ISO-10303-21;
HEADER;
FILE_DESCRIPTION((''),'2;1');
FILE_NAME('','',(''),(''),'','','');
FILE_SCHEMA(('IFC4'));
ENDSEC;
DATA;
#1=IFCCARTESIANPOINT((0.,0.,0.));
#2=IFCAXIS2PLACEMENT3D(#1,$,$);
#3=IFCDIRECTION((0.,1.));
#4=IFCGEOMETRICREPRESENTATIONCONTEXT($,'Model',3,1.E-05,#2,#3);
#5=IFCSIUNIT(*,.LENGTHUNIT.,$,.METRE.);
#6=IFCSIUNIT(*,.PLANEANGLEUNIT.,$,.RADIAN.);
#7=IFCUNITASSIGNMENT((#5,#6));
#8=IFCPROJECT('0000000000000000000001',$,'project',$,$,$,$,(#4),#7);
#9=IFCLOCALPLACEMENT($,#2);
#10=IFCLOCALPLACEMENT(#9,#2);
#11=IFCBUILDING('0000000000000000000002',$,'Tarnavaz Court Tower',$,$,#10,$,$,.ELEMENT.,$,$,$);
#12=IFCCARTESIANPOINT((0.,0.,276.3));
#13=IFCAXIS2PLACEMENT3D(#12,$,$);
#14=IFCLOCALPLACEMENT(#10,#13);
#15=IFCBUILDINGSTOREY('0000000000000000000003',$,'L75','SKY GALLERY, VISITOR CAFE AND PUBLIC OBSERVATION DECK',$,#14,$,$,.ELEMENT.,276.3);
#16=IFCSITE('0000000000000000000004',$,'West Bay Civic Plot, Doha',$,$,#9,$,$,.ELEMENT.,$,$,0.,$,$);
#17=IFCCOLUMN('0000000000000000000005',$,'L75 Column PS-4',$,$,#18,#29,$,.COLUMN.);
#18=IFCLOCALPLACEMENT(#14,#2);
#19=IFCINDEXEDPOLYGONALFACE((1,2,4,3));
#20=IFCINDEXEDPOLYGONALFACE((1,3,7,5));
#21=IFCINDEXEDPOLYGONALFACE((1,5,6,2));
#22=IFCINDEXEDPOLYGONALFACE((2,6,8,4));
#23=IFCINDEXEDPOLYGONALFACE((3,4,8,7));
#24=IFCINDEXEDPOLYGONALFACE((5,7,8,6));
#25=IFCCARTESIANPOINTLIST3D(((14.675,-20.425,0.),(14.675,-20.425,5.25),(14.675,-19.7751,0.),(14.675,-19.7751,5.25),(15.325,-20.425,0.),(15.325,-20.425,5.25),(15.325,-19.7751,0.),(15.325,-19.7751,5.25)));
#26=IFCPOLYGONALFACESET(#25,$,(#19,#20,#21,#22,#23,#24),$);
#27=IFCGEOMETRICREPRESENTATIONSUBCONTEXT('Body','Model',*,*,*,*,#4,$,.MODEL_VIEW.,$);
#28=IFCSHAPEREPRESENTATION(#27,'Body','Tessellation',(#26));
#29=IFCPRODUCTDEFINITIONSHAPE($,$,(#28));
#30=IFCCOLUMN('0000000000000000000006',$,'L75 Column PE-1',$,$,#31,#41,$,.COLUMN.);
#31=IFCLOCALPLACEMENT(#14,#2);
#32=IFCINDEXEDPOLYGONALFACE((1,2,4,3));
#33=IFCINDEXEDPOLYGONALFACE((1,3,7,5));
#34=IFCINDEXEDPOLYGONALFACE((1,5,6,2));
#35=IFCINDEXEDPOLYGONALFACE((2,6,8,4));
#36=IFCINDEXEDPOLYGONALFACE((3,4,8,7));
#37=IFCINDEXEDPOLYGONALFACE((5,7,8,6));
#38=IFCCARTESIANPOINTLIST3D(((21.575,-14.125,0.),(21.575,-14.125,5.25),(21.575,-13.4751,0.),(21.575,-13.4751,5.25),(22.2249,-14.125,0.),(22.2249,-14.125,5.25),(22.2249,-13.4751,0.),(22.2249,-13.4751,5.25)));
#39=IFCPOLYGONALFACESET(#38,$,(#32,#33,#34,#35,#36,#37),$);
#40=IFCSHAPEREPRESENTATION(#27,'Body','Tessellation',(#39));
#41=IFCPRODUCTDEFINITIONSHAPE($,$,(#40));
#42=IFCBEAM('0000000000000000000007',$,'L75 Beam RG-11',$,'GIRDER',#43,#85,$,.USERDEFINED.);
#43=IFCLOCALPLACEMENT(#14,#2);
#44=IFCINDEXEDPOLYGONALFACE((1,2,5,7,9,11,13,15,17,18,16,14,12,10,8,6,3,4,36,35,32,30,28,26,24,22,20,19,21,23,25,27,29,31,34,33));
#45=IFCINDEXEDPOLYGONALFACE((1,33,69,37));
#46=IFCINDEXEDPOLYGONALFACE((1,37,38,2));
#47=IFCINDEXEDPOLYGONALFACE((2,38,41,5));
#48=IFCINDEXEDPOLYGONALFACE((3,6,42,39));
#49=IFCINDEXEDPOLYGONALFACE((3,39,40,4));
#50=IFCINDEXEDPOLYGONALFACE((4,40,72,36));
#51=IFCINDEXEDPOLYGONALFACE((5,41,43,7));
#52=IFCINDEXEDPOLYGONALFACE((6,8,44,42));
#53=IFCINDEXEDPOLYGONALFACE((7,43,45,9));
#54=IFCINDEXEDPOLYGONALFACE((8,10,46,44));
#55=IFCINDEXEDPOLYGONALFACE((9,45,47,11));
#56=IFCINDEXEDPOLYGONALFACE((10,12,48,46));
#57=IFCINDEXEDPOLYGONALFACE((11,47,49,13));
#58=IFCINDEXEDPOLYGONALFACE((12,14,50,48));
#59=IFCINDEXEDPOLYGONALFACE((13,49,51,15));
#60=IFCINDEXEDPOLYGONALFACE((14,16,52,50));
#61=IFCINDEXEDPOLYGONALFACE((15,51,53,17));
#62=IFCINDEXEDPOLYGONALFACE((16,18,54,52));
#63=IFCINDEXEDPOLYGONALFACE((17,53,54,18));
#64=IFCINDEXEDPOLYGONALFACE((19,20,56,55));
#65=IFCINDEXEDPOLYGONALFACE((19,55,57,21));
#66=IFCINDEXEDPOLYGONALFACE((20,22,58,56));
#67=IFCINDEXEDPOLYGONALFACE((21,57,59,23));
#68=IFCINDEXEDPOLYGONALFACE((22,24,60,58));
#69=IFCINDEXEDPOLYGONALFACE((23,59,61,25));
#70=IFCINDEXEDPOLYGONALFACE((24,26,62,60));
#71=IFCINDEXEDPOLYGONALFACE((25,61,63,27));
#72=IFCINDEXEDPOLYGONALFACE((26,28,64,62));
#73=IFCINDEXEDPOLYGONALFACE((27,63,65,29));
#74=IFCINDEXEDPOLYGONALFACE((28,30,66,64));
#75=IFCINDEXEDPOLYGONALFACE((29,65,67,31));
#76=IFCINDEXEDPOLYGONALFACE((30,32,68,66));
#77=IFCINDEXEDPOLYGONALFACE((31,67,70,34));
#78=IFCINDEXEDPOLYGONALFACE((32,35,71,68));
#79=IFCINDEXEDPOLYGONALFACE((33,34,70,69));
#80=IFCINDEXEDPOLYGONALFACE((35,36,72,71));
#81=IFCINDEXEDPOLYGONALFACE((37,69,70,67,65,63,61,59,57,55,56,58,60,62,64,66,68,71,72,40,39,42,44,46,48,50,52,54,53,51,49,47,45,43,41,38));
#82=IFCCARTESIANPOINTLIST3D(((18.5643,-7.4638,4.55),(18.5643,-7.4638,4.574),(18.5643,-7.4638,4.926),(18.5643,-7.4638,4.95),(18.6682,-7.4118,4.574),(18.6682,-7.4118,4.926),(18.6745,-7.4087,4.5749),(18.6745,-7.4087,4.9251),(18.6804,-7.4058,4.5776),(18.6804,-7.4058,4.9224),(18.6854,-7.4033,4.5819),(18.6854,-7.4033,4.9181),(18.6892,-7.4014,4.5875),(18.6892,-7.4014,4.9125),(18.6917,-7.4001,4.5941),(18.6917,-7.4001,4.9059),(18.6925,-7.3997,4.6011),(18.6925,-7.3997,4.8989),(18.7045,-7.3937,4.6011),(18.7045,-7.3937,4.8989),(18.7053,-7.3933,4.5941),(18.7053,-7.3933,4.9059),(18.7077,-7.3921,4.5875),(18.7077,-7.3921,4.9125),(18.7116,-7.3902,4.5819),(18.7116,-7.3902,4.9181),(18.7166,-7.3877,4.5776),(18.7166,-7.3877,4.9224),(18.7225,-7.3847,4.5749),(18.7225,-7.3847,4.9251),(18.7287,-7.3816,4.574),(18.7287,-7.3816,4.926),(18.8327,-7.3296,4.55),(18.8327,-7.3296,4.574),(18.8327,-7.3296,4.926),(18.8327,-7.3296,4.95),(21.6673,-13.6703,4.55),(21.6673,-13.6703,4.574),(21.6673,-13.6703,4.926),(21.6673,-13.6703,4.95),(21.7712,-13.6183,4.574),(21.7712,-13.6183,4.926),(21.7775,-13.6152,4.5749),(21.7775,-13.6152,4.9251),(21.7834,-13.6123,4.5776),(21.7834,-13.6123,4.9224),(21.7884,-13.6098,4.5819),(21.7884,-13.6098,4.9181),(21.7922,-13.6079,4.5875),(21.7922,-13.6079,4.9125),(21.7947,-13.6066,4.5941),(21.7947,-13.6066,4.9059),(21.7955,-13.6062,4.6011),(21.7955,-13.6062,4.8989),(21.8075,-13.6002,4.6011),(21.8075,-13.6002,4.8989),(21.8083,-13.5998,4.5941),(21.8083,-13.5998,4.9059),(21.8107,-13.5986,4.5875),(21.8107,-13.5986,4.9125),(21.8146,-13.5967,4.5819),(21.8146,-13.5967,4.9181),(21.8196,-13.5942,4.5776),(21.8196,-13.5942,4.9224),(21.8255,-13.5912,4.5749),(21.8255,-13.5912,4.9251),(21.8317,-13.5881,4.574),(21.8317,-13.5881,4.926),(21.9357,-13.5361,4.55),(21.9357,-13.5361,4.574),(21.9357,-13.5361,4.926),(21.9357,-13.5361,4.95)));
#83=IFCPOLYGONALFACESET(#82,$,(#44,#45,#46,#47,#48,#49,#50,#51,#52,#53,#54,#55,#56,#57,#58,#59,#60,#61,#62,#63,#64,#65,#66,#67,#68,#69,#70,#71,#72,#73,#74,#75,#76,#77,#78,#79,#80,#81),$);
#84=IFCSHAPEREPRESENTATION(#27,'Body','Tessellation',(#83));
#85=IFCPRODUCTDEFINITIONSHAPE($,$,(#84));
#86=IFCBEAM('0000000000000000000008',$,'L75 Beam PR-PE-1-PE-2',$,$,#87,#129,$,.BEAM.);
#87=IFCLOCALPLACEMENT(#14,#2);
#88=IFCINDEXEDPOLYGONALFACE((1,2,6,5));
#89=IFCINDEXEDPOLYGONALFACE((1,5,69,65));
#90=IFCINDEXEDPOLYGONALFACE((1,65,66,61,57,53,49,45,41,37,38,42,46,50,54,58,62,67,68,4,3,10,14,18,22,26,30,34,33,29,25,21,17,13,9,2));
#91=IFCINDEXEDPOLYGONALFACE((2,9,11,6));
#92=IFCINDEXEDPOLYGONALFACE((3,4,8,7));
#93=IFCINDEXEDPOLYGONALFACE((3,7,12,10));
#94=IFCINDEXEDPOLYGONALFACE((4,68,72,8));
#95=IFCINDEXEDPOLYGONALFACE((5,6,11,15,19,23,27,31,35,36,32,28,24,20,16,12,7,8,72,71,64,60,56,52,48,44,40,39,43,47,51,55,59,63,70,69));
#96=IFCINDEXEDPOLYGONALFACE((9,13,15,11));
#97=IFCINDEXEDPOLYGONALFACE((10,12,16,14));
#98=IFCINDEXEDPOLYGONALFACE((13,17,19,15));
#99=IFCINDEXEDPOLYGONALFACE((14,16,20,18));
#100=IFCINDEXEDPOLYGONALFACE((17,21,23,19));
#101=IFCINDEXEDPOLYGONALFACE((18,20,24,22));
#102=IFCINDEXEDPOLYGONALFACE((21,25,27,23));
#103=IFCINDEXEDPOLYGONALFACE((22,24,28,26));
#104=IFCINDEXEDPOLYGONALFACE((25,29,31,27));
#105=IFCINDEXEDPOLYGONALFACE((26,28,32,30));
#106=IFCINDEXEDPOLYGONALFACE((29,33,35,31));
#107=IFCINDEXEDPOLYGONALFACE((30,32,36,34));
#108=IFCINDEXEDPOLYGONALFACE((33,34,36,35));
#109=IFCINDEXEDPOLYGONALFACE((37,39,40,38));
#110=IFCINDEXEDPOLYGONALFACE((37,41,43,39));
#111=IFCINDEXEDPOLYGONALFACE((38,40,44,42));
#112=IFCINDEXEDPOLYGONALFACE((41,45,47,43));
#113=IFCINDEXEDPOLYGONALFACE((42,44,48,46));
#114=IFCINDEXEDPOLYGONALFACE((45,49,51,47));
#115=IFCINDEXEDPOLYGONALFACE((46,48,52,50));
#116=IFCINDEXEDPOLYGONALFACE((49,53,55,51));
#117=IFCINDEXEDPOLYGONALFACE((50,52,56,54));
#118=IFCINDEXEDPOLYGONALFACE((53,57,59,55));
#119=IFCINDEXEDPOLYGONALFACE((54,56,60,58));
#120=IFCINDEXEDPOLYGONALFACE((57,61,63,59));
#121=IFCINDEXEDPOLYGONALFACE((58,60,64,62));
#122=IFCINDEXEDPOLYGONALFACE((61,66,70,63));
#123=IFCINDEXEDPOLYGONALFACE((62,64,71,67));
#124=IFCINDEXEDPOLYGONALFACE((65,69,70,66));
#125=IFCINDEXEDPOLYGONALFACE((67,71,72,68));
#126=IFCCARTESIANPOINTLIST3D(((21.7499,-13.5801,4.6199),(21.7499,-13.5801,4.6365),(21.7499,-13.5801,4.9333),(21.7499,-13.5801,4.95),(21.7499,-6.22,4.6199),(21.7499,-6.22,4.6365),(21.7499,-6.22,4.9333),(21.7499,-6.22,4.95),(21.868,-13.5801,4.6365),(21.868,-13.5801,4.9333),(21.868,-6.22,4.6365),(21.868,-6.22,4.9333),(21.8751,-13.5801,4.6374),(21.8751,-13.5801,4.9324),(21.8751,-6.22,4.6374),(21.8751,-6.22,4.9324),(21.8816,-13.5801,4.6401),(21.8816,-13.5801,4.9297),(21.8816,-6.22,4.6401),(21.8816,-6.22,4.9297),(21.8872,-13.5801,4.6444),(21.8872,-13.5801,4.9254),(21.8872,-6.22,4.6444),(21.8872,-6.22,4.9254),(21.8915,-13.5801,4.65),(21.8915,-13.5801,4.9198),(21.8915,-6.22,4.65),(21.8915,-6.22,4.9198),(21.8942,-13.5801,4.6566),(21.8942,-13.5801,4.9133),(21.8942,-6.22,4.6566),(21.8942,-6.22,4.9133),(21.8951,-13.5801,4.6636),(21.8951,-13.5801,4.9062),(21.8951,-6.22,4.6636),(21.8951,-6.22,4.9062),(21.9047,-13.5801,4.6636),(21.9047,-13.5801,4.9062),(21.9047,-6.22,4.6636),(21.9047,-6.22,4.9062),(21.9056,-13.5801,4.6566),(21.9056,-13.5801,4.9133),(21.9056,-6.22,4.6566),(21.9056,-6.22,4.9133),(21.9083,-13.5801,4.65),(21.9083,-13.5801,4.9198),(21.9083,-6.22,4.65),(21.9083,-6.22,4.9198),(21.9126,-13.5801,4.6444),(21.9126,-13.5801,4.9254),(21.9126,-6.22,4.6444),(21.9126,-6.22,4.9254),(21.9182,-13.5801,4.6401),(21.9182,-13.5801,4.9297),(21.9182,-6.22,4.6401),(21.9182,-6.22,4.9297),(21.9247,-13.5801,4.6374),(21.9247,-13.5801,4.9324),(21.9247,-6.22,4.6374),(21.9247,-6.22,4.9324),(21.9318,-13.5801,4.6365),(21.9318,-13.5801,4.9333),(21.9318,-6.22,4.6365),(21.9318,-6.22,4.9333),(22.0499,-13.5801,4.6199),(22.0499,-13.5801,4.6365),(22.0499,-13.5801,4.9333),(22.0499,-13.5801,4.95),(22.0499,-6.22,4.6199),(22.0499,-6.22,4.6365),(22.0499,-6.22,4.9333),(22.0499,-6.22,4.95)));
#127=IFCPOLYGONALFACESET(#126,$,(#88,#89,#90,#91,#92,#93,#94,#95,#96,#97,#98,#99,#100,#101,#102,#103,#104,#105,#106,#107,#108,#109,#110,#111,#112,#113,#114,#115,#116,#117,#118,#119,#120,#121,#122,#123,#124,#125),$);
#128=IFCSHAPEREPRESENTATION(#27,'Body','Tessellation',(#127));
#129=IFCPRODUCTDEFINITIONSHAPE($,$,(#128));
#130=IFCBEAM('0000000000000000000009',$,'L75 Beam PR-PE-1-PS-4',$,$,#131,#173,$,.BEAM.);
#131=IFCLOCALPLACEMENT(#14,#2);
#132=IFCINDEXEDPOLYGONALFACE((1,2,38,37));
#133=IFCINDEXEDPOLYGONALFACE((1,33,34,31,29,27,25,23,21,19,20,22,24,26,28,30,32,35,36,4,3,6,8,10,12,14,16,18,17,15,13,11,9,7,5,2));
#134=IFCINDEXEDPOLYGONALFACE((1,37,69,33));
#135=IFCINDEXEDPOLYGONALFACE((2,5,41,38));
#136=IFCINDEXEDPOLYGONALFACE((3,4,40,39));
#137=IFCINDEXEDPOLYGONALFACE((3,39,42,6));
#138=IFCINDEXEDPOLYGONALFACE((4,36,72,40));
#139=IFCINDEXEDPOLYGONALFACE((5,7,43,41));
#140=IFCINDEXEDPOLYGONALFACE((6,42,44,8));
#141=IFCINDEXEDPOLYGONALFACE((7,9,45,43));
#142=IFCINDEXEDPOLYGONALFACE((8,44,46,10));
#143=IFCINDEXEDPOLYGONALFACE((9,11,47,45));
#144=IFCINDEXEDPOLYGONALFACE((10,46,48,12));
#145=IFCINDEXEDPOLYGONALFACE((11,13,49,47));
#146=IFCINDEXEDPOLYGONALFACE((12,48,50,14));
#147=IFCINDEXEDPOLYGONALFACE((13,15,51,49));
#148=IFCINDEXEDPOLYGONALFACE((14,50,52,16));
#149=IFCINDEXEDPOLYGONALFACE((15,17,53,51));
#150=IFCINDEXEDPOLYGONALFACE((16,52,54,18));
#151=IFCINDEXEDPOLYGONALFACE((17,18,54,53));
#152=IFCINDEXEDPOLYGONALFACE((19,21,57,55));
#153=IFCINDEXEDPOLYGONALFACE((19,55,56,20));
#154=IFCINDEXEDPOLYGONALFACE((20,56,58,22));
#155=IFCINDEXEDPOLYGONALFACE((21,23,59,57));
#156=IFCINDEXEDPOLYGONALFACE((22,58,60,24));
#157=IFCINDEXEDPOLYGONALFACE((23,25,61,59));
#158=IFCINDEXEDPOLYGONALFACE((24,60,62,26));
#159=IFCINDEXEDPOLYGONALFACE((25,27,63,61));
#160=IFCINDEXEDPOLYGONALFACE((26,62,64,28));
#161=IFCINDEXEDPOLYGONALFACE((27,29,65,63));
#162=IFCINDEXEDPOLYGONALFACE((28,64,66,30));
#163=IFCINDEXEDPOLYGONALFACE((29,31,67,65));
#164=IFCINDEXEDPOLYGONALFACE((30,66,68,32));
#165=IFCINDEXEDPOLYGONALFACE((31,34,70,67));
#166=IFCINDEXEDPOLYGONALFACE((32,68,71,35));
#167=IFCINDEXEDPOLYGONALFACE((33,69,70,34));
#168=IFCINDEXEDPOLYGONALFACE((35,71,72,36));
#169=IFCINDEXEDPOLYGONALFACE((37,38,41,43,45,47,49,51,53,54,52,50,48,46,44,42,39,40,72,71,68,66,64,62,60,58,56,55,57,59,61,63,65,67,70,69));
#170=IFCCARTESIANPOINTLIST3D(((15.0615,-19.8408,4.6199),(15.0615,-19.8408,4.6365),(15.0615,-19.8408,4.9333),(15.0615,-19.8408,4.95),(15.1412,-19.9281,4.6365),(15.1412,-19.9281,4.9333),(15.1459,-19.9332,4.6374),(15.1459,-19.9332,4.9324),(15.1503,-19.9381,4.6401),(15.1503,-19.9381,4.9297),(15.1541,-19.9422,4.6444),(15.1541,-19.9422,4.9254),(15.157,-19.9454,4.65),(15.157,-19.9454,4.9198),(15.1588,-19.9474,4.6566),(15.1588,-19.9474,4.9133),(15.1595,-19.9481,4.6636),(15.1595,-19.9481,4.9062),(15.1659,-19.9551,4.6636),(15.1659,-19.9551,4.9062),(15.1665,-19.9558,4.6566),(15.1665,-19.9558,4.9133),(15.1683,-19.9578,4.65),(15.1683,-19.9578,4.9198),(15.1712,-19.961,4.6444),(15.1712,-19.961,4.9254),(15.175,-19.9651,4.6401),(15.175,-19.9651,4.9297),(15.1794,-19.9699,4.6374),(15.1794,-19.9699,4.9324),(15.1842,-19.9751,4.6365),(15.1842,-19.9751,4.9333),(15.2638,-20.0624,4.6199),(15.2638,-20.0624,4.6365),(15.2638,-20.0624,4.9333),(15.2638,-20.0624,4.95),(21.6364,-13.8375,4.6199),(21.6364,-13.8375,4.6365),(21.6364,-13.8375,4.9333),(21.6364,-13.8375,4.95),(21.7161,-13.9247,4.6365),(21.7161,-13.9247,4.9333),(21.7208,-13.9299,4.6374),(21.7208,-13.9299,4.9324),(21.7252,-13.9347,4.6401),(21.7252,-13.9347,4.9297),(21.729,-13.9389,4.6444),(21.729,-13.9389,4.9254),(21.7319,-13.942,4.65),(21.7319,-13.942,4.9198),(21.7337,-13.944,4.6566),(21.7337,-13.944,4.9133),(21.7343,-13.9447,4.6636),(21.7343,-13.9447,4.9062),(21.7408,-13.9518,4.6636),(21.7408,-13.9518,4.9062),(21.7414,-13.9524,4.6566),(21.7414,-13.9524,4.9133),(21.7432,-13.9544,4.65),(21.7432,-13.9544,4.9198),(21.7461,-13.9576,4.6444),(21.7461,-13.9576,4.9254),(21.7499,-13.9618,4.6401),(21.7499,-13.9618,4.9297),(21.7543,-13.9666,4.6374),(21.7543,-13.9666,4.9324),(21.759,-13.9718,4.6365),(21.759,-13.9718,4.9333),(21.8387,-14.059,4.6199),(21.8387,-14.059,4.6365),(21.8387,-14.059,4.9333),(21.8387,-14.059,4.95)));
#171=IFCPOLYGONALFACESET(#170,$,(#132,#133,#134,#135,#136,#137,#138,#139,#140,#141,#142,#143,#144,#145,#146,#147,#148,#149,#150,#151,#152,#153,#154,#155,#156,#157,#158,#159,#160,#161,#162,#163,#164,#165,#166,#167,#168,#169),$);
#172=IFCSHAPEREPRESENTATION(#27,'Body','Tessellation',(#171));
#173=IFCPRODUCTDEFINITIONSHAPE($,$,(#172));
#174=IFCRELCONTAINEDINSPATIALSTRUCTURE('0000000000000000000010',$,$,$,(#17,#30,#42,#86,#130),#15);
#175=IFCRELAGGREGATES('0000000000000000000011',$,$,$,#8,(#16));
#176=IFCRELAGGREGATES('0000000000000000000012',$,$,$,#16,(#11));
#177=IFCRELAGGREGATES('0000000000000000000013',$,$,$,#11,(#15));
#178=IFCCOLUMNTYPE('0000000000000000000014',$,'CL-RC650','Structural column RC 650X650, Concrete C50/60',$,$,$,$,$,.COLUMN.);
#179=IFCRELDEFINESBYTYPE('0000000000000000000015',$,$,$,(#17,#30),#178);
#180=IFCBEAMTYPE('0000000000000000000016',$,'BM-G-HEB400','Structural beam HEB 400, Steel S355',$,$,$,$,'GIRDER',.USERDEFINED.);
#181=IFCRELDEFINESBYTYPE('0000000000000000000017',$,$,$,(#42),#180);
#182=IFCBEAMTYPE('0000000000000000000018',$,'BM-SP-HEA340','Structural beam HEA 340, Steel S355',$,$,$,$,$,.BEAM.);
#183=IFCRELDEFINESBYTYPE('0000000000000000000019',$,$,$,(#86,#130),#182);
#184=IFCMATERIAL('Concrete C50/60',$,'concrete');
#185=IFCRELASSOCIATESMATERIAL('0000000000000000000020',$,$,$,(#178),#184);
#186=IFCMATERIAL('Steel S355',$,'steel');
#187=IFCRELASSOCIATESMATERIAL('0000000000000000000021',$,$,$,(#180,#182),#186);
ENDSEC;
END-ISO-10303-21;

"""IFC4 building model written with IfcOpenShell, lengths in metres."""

from ifc_helpers import new_model, si_unit, direction, frame, origin, origin_2d, place, context, subcontext, project, spatial, rectangle, i_section, extrude, material, material_profile, profile_set, type_object, element, save


model = new_model("IFC4")

# Units and contexts
model_context = context("Model", 3, precision=1e-05, world=origin(), true_north=direction((0.0, 1.0)))
body_context = subcontext(model_context, "Body", "Model", "MODEL_VIEW")
ifc_project = project(units=[si_unit("LENGTHUNIT", "METRE"), si_unit("PLANEANGLEUNIT", "RADIAN")], contexts=[model_context])

# Site, building, storey
site_placement = place(None, origin())
site = spatial("IfcSite", under=ifc_project, at=site_placement, Name="West Bay Civic Plot, Doha", CompositionType="ELEMENT", RefElevation=0.0)
building_placement = place(site_placement, origin())
building = spatial("IfcBuilding", under=site, at=building_placement, Name="Tarnavaz Court Tower", CompositionType="ELEMENT")
storey_placement = place(building_placement, frame((0.0, 0.0, 276.3)))
storey = spatial("IfcBuildingStorey", under=building, at=storey_placement, Name="L75", Description="SKY GALLERY, VISITOR CAFE AND PUBLIC OBSERVATION DECK", CompositionType="ELEMENT", Elevation=276.3)

# Columns
ifc_material_1 = material(Name="Concrete C50/60", Category="concrete")
ifc_material_profile_1 = material_profile(ifc_material_1, rectangle(XDim=0.6499, YDim=0.6499, at=origin_2d()), Name="RC 650X650")
ifc_profile_set_1 = profile_set([ifc_material_profile_1], Name="Concrete C50/60")
column_type = type_object("IfcColumnType", Name="CL-RC650", Description="Structural column RC 650X650, Concrete C50/60", PredefinedType="COLUMN", material=ifc_profile_set_1)
for number, where, z_axis, x_axis, name in (
    (1, (15.0, -20.1001, 0.0), (0.0, 0.0, 1.0), (1.0, 0.0, 0.0), "L75 Column PS-4"),
    (2, (21.8999, -13.8, 0.0), (0.0, 0.0, 1.0), (1.0, 0.0, 0.0), "L75 Column PE-1"),
):
    element("IfcColumn", number, at=place(storey_placement, frame(where, z_axis=z_axis, x_axis=x_axis)), inside=storey, type_object=column_type, Name=name, PredefinedType="COLUMN", context=body_context, shape_type="SweptSolid", body=[
        extrude(rectangle(XDim=0.6499, YDim=0.6499, at=origin_2d()), origin(), (0.0, 0.0, 1.0), 5.25),
    ])

# Beams
ifc_material_2 = material(Name="Steel S355", Category="steel")
ifc_material_profile_2 = material_profile(ifc_material_2, i_section(OverallWidth=0.3, OverallDepth=0.3999, WebThickness=0.0134, FlangeThickness=0.0239, FilletRadius=0.0271, at=origin_2d()), Name="HEB 400")
ifc_profile_set_2 = profile_set([ifc_material_profile_2], Name="Steel S355")
beam_type_1 = type_object("IfcBeamType", Name="BM-G-HEB400", Description="Structural beam HEB 400, Steel S355", ElementType="GIRDER", PredefinedType="USERDEFINED", material=ifc_profile_set_2)
beam_1_placement = place(storey_placement, frame((18.6985, -7.3967, 4.75), z_axis=(0.447185, -0.894441, 0.0), x_axis=(0.894441, 0.447185, 0.0)))
element("IfcBeam", 3, at=beam_1_placement, inside=storey, type_object=beam_type_1, Name="L75 Beam RG-11", ObjectType="GIRDER", PredefinedType="USERDEFINED", context=body_context, shape_type="SweptSolid", body=[
    extrude(i_section(OverallWidth=0.3, OverallDepth=0.3999, WebThickness=0.0134, FlangeThickness=0.0239, FilletRadius=0.0271, at=origin_2d()), origin(), (0.0, 0.0, 1.0), 6.939),
])
ifc_material_profile_3 = material_profile(ifc_material_2, i_section(OverallWidth=0.3, OverallDepth=0.3301, WebThickness=0.0095, FlangeThickness=0.0166, FilletRadius=0.0271, at=origin_2d()), Name="HEA 340")
ifc_profile_set_3 = profile_set([ifc_material_profile_3], Name="Steel S355")
beam_type_2 = type_object("IfcBeamType", Name="BM-SP-HEA340", Description="Structural beam HEA 340, Steel S355", PredefinedType="BEAM", material=ifc_profile_set_3)
beam_2_placement = place(storey_placement, frame((21.8999, -13.5801, 4.7849), z_axis=(0.0, 1.0, 0.0), x_axis=(-1.0, 0.0, 0.0)))
element("IfcBeam", 4, at=beam_2_placement, inside=storey, type_object=beam_type_2, Name="L75 Beam PR-PE-1-PE-2", PredefinedType="BEAM", context=body_context, shape_type="SweptSolid", body=[
    extrude(i_section(OverallWidth=0.3, OverallDepth=0.3301, WebThickness=0.0095, FlangeThickness=0.0166, FilletRadius=0.0271, at=origin_2d()), origin(), (0.0, 0.0, 1.0), 7.3601),
])
beam_3_placement = place(storey_placement, frame((21.7375, -13.9482, 4.7849), z_axis=(-0.738474, -0.674282, 0.0), x_axis=(0.674282, -0.738474, 0.0)))
element("IfcBeam", 5, at=beam_3_placement, inside=storey, type_object=beam_type_2, Name="L75 Beam PR-PE-1-PS-4", PredefinedType="BEAM", context=body_context, shape_type="SweptSolid", body=[
    extrude(i_section(OverallWidth=0.3, OverallDepth=0.3301, WebThickness=0.0095, FlangeThickness=0.0166, FilletRadius=0.0271, at=origin_2d()), origin(), (0.0, 0.0, 1.0), 8.9033),
])

save(model, "model.ifc")
